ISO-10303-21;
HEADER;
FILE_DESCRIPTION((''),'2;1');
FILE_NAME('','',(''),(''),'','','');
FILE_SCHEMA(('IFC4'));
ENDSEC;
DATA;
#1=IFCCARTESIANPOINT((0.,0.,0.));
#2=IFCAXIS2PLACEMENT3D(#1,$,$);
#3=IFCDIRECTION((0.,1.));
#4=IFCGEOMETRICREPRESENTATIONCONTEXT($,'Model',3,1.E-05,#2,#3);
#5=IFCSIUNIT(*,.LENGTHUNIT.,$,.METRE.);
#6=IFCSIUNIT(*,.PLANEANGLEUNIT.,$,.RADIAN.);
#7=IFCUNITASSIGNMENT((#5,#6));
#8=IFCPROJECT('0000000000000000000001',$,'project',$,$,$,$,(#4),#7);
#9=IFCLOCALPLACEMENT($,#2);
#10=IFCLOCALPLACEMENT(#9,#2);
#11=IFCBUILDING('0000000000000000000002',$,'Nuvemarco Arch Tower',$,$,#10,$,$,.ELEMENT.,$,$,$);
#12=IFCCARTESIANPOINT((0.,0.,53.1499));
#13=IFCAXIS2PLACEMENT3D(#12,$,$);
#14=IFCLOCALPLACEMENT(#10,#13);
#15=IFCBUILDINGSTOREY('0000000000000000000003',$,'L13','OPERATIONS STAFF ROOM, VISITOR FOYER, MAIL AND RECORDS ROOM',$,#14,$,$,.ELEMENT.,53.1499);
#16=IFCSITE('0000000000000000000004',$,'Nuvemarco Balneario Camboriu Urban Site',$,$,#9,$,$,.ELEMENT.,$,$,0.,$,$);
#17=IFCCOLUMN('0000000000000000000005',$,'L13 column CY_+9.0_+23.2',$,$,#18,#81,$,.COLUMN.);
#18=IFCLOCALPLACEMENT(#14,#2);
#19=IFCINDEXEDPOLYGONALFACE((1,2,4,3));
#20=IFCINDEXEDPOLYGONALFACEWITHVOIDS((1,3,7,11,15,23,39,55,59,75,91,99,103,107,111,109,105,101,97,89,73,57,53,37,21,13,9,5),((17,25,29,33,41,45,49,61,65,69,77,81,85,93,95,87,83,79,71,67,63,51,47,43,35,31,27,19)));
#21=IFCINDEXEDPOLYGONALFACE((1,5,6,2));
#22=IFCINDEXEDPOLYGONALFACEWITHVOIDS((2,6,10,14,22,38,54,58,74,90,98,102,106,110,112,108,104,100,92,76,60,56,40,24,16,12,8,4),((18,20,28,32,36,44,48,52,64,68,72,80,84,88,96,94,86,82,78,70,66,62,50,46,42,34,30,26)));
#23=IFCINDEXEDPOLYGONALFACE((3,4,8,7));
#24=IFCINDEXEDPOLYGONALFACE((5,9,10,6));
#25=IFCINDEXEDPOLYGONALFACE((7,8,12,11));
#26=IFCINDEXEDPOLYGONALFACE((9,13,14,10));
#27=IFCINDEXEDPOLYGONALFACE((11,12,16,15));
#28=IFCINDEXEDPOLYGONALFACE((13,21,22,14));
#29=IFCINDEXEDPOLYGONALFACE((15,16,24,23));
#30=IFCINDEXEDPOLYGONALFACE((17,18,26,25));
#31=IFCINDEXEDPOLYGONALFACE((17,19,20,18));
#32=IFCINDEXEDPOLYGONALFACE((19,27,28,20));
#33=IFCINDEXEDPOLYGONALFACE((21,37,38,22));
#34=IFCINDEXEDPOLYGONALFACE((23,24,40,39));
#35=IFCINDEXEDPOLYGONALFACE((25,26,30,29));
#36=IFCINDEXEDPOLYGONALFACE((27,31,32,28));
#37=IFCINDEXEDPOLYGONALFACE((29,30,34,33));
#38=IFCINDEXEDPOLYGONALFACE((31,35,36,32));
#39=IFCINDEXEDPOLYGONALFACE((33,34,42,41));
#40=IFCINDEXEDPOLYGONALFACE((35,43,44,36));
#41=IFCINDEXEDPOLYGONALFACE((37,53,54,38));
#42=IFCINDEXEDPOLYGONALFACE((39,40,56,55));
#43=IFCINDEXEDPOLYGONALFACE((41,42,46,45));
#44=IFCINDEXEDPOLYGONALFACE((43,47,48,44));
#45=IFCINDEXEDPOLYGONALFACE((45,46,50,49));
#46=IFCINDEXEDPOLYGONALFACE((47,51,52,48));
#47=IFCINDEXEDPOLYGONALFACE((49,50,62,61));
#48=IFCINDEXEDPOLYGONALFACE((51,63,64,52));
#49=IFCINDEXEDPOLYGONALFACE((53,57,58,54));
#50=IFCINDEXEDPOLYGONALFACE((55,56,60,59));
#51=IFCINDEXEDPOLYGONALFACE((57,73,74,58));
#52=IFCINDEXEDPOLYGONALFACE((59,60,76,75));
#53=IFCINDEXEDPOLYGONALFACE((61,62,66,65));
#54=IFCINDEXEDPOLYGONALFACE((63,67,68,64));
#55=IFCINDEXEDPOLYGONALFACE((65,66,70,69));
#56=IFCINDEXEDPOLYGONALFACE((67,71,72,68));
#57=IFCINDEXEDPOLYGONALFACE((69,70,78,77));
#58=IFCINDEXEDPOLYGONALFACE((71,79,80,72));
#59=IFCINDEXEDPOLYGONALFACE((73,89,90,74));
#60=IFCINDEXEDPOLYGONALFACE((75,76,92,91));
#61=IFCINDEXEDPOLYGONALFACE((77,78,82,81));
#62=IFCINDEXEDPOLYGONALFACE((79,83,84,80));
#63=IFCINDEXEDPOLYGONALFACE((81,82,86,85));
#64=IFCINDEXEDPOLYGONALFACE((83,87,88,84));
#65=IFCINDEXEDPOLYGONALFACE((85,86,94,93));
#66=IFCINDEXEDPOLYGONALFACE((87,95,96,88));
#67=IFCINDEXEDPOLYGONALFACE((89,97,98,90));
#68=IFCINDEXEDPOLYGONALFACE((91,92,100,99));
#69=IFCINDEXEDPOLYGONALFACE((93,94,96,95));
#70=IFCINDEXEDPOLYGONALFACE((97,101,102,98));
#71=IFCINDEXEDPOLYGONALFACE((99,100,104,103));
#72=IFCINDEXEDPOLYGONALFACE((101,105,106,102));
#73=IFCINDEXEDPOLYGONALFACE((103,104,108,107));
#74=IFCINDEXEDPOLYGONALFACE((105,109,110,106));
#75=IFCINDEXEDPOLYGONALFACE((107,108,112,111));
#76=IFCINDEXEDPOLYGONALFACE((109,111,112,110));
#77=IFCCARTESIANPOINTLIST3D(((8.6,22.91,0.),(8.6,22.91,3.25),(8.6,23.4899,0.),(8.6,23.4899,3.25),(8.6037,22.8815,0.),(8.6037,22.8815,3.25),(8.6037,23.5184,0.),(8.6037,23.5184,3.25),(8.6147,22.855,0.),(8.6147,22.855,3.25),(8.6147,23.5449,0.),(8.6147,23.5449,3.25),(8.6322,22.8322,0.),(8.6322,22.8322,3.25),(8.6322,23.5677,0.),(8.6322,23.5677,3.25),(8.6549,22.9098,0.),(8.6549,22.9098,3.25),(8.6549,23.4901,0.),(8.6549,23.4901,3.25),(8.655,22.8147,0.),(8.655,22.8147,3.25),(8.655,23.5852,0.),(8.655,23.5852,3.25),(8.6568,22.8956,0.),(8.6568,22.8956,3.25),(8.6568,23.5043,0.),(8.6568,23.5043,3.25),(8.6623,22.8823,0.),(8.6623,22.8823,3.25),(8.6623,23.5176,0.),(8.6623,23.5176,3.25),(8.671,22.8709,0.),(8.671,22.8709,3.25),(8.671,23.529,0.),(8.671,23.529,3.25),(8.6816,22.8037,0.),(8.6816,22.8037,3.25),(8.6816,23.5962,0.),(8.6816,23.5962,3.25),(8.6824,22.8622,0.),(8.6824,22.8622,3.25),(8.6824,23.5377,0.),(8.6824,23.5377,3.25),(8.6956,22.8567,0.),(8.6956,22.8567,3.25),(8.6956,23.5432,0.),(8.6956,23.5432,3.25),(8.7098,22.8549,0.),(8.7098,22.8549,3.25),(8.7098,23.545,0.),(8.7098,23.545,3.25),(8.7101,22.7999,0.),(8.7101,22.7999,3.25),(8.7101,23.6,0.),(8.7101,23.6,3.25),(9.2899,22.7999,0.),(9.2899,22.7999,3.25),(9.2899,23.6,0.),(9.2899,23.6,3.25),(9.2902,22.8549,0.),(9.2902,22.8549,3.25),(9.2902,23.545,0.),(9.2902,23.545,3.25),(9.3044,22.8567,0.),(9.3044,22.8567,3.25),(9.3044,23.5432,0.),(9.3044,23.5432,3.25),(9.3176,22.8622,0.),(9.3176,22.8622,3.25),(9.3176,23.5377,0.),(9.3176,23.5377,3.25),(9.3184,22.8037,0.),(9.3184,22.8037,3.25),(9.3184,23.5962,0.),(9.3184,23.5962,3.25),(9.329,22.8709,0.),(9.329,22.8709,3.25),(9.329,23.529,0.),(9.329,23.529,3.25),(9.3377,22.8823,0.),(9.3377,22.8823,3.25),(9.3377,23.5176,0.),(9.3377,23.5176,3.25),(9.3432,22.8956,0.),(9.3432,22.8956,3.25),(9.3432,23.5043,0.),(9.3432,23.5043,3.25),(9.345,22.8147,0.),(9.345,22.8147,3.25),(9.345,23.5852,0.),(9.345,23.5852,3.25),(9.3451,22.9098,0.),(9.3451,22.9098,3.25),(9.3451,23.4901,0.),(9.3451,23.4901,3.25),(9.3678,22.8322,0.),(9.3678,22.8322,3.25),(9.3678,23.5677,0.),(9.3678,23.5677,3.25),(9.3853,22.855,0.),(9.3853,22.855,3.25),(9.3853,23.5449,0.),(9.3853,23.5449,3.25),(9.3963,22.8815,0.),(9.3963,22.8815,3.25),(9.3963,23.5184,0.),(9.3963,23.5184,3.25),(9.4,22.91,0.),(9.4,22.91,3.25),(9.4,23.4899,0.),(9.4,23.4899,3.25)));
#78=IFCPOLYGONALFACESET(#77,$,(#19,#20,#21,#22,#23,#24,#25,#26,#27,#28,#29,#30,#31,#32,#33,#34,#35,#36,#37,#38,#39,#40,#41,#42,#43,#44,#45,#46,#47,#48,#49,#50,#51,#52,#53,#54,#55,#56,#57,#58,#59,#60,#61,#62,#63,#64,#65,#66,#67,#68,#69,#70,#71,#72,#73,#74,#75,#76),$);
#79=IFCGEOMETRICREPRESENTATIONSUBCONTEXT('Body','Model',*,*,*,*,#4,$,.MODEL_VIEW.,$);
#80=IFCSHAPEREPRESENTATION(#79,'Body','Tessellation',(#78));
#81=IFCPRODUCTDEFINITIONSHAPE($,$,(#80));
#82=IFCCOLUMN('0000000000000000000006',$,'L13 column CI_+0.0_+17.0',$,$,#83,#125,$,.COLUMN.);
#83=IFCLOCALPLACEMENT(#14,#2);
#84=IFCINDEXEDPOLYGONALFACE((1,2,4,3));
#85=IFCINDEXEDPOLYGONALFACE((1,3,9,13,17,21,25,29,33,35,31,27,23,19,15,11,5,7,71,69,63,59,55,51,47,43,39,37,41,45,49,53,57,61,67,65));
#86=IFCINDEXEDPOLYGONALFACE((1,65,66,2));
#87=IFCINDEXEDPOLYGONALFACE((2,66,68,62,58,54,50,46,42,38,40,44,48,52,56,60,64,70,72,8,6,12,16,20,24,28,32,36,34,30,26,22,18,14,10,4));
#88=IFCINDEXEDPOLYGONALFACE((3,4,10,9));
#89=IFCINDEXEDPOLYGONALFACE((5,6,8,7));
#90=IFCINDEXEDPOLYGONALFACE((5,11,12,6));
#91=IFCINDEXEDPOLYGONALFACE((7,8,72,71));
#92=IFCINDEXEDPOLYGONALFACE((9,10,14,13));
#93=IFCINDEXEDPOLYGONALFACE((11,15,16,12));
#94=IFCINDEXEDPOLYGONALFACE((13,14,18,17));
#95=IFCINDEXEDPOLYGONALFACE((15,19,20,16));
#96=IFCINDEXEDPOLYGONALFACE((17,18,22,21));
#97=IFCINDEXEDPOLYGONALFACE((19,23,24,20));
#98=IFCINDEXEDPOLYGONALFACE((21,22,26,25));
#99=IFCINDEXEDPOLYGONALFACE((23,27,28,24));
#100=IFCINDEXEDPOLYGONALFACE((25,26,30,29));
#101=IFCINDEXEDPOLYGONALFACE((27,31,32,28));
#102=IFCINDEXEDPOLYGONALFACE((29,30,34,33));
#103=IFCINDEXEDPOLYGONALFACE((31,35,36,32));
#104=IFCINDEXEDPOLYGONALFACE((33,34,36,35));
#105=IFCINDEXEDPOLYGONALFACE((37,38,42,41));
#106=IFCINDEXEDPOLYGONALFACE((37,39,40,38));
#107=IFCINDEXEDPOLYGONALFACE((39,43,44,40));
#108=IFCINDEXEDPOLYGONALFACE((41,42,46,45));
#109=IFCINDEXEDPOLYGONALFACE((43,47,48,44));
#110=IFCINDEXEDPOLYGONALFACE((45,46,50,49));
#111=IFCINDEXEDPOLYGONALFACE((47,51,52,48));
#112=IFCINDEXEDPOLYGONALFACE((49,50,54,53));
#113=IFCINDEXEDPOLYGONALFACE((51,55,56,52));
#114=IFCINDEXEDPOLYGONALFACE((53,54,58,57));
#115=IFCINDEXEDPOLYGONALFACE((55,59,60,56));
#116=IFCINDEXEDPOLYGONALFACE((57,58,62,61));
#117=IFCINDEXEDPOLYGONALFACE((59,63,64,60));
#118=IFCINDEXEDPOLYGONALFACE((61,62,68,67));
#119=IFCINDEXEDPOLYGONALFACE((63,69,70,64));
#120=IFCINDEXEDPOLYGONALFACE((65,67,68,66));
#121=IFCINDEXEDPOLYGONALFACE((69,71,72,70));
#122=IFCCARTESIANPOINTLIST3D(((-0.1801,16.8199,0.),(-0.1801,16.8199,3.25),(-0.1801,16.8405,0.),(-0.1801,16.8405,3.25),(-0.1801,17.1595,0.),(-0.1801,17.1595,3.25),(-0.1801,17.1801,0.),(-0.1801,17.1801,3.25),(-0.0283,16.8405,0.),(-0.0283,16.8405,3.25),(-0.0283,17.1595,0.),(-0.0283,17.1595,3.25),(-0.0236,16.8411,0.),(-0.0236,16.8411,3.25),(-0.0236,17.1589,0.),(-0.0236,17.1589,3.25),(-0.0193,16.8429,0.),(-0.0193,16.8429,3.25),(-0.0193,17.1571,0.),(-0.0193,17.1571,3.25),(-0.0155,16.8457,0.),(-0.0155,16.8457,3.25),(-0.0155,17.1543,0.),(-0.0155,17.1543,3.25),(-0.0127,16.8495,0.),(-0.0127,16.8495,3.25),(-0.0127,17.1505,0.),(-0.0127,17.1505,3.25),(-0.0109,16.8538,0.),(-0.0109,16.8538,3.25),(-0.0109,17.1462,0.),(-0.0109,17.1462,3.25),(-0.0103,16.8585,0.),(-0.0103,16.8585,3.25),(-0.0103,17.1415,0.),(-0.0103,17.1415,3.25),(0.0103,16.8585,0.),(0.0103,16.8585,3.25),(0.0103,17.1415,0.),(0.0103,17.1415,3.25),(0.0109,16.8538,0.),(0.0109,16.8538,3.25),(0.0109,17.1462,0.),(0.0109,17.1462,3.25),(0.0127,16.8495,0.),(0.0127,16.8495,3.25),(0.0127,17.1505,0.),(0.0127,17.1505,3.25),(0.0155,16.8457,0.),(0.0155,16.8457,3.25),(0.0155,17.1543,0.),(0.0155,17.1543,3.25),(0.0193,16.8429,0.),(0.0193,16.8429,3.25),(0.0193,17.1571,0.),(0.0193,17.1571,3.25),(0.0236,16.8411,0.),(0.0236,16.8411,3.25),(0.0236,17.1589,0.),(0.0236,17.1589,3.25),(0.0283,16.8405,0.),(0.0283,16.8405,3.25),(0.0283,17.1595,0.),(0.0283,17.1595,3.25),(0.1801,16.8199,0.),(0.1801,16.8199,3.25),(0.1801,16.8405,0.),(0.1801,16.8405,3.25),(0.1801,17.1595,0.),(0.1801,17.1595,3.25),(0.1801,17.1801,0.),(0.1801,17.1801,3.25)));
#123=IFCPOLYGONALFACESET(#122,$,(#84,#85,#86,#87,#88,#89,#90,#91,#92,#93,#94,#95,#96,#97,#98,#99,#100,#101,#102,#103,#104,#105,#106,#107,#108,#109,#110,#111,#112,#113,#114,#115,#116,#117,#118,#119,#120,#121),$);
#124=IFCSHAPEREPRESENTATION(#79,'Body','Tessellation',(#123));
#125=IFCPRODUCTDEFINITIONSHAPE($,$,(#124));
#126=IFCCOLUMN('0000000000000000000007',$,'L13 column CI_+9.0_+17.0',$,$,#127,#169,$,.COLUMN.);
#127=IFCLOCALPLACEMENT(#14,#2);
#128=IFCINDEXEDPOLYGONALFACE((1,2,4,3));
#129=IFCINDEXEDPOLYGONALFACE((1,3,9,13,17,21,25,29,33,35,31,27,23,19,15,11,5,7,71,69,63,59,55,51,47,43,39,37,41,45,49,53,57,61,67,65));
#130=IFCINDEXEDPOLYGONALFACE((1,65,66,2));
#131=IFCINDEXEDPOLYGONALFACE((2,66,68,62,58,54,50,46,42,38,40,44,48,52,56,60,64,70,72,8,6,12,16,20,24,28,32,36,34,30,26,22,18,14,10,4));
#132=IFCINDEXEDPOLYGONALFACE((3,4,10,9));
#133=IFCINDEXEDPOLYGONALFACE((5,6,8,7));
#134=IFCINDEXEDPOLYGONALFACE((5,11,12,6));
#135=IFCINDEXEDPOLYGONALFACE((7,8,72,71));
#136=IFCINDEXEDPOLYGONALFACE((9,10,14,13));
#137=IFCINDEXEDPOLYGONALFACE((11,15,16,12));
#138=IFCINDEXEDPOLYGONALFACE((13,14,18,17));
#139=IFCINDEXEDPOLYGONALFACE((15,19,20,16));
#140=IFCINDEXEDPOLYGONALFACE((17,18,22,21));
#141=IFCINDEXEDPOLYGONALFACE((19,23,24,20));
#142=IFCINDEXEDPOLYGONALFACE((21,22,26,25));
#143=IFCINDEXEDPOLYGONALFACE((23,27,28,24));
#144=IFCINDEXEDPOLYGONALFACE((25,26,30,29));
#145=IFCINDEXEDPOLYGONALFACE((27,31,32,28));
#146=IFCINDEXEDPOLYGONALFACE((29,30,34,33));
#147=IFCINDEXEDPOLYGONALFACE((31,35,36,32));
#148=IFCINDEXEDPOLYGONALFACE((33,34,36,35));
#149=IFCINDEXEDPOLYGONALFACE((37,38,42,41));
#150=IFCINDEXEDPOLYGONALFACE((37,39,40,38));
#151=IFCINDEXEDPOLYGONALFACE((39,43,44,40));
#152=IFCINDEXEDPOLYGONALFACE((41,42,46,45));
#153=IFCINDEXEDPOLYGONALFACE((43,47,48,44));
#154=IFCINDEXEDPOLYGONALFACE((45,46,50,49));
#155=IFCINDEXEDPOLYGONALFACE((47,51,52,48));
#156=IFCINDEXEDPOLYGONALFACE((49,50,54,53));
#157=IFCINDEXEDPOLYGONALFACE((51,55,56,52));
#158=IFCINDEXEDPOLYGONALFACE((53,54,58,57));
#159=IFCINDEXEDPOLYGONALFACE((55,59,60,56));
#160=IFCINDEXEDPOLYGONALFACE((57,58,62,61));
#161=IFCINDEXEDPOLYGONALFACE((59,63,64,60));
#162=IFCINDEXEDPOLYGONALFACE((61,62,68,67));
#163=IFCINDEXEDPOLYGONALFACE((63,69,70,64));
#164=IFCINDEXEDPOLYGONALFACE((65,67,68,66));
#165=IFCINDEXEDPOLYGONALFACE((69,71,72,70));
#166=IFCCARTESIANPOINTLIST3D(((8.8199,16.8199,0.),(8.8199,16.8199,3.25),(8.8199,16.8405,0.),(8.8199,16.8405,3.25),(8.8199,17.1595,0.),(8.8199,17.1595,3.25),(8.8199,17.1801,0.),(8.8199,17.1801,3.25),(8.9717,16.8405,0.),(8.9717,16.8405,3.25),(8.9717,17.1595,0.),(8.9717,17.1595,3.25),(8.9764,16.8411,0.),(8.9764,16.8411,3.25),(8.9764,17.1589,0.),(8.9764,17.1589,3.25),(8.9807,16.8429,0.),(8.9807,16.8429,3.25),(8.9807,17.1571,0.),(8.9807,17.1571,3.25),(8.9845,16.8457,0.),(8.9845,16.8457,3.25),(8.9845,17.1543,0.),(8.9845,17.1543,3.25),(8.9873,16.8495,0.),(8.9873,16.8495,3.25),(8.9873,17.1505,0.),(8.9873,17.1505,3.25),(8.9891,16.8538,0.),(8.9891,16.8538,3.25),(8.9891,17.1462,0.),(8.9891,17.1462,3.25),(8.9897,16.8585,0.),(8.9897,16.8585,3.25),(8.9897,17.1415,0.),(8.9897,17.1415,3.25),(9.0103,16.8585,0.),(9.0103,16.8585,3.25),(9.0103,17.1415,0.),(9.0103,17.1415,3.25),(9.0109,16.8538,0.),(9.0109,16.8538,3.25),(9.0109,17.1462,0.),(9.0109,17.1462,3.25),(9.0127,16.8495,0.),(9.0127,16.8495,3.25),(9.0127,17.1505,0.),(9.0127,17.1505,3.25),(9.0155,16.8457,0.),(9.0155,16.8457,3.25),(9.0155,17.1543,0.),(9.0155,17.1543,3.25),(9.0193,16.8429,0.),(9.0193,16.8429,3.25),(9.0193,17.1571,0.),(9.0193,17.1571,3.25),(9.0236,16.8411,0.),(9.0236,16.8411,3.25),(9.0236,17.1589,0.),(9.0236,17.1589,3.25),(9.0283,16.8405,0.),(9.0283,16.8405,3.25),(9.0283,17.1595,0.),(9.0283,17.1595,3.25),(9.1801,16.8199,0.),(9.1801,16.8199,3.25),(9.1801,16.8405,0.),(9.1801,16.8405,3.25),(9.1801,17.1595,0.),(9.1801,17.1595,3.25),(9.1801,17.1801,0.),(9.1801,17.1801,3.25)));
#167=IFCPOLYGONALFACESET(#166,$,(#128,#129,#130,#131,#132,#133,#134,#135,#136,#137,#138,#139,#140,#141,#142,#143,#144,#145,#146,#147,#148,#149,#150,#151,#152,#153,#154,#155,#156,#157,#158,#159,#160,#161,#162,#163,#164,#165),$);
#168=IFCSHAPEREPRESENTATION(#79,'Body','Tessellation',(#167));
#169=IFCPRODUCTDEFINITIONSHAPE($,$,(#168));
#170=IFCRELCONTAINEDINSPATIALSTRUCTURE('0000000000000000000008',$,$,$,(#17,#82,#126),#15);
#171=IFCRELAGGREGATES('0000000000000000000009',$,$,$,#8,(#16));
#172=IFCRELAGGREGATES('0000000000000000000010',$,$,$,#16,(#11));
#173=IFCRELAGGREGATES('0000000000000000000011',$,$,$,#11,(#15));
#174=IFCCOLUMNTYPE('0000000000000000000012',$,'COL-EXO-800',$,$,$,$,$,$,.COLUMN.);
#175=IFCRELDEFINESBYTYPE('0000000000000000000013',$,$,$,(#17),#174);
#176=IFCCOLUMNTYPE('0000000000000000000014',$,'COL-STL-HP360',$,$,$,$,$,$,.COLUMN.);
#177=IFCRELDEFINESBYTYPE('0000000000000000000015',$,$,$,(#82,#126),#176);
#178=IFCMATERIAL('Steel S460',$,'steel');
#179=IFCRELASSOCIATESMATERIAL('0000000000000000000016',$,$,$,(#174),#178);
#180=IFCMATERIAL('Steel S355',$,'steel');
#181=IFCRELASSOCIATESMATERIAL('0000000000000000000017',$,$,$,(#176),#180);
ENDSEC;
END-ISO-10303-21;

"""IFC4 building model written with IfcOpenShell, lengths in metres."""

from ifc_helpers import new_model, si_unit, direction, frame, origin, origin_2d, place, context, subcontext, project, spatial, hollow_rectangle, i_section, extrude, material, material_profile, profile_set, type_object, element, save


model = new_model("IFC4")

# Units and contexts
model_context = context("Model", 3, precision=1e-05, world=origin(), true_north=direction((0.0, 1.0)))
body_context = subcontext(model_context, "Body", "Model", "MODEL_VIEW")
ifc_project = project(units=[si_unit("LENGTHUNIT", "METRE"), si_unit("PLANEANGLEUNIT", "RADIAN")], contexts=[model_context])

# Site, building, storey
site_placement = place(None, origin())
site = spatial("IfcSite", under=ifc_project, at=site_placement, Name="Nuvemarco Balneario Camboriu Urban Site", CompositionType="ELEMENT", RefElevation=0.0)
building_placement = place(site_placement, origin())
building = spatial("IfcBuilding", under=site, at=building_placement, Name="Nuvemarco Arch Tower", CompositionType="ELEMENT")
storey_placement = place(building_placement, frame((0.0, 0.0, 53.1499)))
storey = spatial("IfcBuildingStorey", under=building, at=storey_placement, Name="L13", Description="OPERATIONS STAFF ROOM, VISITOR FOYER, MAIL AND RECORDS ROOM", CompositionType="ELEMENT", Elevation=53.1499)

# Columns
ifc_material_1 = material(Name="Steel S460", Category="steel")
ifc_material_profile_1 = material_profile(ifc_material_1, hollow_rectangle(XDim=0.8, YDim=0.8, WallThickness=0.0549, InnerFilletRadius=0.0549, OuterFilletRadius=0.1101, at=origin_2d()), Name="SHS800x800x55")
ifc_profile_set_1 = profile_set([ifc_material_profile_1], Name="Steel S460")
column_type_1 = type_object("IfcColumnType", Name="COL-EXO-800", PredefinedType="COLUMN", material=ifc_profile_set_1)
for number, where, z_axis, x_axis, name in (
    (1, (9.0, 23.2, 0.0), (0.0, 0.0, 1.0), (1.0, 0.0, 0.0), "L13 column CY_+9.0_+23.2"),
):
    element("IfcColumn", number, at=place(storey_placement, frame(where, z_axis=z_axis, x_axis=x_axis)), inside=storey, type_object=column_type_1, Name=name, PredefinedType="COLUMN", context=body_context, shape_type="SweptSolid", body=[
        extrude(hollow_rectangle(XDim=0.8, YDim=0.8, WallThickness=0.0549, InnerFilletRadius=0.0549, OuterFilletRadius=0.1101, at=origin_2d()), origin(), (0.0, 0.0, 1.0), 3.25),
    ])
ifc_material_2 = material(Name="Steel S355", Category="steel")
ifc_material_profile_2 = material_profile(ifc_material_2, i_section(OverallWidth=0.3601, OverallDepth=0.3601, WebThickness=0.0205, FlangeThickness=0.0205, FilletRadius=0.0181, at=origin_2d()), Name="HP360x174")
ifc_profile_set_2 = profile_set([ifc_material_profile_2], Name="Steel S355")
column_type_2 = type_object("IfcColumnType", Name="COL-STL-HP360", PredefinedType="COLUMN", material=ifc_profile_set_2)
for number, where, z_axis, x_axis, name in (
    (2, (0.0, 17.0, 0.0), (0.0, 0.0, 1.0), (1.0, 0.0, 0.0), "L13 column CI_+0.0_+17.0"),
    (3, (9.0, 17.0, 0.0), (0.0, 0.0, 1.0), (1.0, 0.0, 0.0), "L13 column CI_+9.0_+17.0"),
):
    element("IfcColumn", number, at=place(storey_placement, frame(where, z_axis=z_axis, x_axis=x_axis)), inside=storey, type_object=column_type_2, Name=name, PredefinedType="COLUMN", context=body_context, shape_type="SweptSolid", body=[
        extrude(i_section(OverallWidth=0.3601, OverallDepth=0.3601, WebThickness=0.0205, FlangeThickness=0.0205, FilletRadius=0.0181, at=origin_2d()), origin(), (0.0, 0.0, 1.0), 3.25),
    ])

save(model, "model.ifc")
